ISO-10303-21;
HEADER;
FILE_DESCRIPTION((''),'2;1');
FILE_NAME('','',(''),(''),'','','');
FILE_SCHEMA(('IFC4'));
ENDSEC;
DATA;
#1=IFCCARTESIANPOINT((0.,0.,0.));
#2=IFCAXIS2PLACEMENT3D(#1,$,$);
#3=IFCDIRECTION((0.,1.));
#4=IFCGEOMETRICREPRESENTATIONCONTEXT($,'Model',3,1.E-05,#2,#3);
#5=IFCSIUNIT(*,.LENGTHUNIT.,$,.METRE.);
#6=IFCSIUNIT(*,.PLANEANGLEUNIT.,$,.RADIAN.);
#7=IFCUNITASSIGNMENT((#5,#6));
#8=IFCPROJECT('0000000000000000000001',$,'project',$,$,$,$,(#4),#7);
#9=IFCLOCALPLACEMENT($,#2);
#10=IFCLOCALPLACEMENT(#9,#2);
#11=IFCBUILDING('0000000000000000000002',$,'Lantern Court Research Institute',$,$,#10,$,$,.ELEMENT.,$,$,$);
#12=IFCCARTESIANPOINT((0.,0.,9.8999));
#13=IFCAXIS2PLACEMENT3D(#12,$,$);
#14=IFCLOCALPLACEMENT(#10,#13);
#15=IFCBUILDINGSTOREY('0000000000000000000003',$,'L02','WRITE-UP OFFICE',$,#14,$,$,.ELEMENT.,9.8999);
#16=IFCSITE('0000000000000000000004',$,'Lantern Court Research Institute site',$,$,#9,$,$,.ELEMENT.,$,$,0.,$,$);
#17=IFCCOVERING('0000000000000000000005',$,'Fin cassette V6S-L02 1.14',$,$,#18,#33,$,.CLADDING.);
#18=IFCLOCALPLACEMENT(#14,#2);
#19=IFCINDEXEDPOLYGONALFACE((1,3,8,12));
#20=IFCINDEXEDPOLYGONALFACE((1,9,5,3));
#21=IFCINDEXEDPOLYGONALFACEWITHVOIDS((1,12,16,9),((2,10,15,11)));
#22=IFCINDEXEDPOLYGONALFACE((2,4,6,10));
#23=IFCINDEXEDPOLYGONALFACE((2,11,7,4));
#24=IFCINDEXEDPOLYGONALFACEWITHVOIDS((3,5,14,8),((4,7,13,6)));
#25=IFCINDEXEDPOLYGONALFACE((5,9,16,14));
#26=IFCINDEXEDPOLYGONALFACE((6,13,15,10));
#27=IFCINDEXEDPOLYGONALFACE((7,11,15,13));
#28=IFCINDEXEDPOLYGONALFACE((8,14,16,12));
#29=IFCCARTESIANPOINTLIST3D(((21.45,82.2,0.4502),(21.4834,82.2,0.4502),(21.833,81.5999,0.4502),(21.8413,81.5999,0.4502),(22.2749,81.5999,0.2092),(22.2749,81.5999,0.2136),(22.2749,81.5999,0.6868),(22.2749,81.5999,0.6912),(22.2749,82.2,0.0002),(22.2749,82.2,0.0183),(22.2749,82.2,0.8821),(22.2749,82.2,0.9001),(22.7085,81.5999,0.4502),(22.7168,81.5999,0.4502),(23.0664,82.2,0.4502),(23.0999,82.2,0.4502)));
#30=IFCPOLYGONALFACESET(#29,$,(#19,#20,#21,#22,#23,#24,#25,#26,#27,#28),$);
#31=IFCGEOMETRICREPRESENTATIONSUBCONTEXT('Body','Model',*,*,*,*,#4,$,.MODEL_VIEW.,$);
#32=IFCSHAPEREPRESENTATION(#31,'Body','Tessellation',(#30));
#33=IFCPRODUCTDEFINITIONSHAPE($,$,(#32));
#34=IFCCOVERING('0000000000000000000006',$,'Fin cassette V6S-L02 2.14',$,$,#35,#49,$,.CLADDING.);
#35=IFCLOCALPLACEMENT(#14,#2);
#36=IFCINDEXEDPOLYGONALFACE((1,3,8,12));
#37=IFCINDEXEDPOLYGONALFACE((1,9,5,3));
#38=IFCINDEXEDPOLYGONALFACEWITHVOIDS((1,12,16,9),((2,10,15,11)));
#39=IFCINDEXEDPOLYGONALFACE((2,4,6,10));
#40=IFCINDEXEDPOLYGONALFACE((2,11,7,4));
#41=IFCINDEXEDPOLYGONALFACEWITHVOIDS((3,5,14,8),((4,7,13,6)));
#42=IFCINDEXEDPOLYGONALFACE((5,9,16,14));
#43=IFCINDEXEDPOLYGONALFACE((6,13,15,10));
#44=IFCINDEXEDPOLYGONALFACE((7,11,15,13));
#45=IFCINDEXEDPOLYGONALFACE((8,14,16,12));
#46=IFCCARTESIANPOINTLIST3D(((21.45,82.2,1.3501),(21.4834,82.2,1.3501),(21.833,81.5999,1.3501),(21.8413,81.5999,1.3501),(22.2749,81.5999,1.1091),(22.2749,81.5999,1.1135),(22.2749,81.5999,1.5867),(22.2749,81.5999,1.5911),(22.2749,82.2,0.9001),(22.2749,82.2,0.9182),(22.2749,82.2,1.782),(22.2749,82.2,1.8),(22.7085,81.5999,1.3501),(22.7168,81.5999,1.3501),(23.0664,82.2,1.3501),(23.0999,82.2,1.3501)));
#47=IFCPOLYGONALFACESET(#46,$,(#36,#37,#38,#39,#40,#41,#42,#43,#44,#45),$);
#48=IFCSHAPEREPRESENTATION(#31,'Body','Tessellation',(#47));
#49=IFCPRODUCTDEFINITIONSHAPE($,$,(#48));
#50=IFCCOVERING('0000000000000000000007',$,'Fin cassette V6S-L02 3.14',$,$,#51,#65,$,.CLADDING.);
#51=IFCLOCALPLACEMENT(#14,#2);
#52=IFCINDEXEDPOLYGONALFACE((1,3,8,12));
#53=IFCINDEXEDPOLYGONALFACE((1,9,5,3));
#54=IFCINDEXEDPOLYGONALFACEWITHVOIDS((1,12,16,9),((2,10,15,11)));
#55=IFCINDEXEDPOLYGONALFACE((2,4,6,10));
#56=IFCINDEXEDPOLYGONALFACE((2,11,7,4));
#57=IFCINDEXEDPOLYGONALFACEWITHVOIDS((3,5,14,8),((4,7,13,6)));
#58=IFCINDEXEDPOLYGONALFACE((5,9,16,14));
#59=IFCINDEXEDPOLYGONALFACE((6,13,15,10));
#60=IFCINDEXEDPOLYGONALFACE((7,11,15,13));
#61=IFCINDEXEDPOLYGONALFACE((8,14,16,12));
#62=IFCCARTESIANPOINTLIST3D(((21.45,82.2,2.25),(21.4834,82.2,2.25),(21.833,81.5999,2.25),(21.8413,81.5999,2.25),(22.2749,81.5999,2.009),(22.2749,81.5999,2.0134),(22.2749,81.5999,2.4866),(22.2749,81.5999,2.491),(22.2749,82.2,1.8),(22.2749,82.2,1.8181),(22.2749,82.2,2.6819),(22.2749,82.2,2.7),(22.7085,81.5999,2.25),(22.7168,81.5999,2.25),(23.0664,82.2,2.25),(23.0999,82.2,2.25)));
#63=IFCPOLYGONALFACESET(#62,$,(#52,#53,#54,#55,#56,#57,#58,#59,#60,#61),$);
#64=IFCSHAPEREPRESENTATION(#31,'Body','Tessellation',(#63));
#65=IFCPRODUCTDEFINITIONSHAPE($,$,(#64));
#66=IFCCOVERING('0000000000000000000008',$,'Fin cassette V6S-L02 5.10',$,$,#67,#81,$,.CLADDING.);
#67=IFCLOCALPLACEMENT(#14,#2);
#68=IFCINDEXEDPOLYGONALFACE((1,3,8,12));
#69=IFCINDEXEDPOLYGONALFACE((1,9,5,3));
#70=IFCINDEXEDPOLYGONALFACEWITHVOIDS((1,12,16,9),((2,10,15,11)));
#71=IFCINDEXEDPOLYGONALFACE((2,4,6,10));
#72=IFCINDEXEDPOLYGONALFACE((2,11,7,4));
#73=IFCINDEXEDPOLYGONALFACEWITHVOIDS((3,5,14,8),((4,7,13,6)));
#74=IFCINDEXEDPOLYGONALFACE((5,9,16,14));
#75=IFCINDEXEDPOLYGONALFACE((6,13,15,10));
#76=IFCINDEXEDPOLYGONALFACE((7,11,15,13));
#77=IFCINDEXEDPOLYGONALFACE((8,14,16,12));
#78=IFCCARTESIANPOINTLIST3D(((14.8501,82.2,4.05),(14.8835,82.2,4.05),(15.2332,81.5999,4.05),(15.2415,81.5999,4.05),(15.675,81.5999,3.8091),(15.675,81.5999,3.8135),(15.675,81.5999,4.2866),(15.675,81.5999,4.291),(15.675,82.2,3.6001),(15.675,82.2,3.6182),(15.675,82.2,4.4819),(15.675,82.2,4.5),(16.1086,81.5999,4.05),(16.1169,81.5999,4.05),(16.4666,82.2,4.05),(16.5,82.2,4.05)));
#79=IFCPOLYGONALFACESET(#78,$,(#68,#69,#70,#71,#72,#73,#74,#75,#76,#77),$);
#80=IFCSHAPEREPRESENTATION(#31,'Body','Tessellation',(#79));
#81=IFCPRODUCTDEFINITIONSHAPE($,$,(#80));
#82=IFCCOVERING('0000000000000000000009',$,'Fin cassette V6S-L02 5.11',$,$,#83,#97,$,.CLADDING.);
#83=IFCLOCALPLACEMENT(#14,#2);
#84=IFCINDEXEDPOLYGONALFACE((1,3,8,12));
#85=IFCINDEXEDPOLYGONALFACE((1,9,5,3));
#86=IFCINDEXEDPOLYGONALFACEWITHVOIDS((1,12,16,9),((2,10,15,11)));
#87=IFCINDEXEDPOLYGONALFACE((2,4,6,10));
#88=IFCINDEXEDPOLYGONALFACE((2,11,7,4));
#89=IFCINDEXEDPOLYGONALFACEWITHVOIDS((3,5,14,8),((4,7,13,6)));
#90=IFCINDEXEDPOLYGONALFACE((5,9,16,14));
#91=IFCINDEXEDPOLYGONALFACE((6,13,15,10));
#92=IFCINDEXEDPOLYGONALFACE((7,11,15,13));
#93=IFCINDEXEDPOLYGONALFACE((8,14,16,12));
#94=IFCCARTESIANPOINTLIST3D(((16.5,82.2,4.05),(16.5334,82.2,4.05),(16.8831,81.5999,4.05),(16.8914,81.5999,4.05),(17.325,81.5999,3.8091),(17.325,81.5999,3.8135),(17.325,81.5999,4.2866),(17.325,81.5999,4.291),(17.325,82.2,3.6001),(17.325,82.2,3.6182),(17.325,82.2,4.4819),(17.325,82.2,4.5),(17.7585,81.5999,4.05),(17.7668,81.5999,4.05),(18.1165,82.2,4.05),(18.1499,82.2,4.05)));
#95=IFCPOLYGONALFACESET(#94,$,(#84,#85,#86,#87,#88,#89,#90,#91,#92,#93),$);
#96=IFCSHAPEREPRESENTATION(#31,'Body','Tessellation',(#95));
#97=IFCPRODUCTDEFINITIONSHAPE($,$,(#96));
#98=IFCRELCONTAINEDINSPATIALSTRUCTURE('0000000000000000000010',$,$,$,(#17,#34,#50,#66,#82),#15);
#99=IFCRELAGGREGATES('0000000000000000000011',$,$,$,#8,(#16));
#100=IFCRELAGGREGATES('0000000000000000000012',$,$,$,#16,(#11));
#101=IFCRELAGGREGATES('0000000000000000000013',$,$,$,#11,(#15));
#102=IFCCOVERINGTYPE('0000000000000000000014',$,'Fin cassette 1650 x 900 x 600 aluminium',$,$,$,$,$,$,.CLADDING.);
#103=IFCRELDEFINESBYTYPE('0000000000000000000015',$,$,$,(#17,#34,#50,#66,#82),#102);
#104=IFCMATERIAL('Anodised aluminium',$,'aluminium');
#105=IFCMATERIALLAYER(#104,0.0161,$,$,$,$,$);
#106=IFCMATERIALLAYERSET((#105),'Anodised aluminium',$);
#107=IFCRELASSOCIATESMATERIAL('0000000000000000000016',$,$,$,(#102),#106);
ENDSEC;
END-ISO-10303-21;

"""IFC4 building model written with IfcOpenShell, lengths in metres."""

from ifc_helpers import new_model, entity, si_unit, direction, frame, origin, place, context, subcontext, project, spatial, material, layer, layer_set, type_object, element, save


model = new_model("IFC4")

# Units and contexts
model_context = context("Model", 3, precision=1e-05, world=origin(), true_north=direction((0.0, 1.0)))
body_context = subcontext(model_context, "Body", "Model", "MODEL_VIEW")
ifc_project = project(units=[si_unit("LENGTHUNIT", "METRE"), si_unit("PLANEANGLEUNIT", "RADIAN")], contexts=[model_context])

# Site, building, storey
site_placement = place(None, origin())
site = spatial("IfcSite", under=ifc_project, at=site_placement, Name="Lantern Court Research Institute site", CompositionType="ELEMENT", RefElevation=0.0)
building_placement = place(site_placement, origin())
building = spatial("IfcBuilding", under=site, at=building_placement, Name="Lantern Court Research Institute", CompositionType="ELEMENT")
storey_placement = place(building_placement, frame((0.0, 0.0, 9.8999)))
storey = spatial("IfcBuildingStorey", under=building, at=storey_placement, Name="L02", Description="WRITE-UP OFFICE", CompositionType="ELEMENT", Elevation=9.8999)

# Coverings
ifc_material_1 = material(Name="Anodised aluminium", Category="aluminium")
ifc_layer_1 = layer(ifc_material_1, 0.0161)
ifc_layer_set_1 = layer_set([ifc_layer_1], Name="Anodised aluminium")
covering_type = type_object("IfcCoveringType", Name="Fin cassette 1650 x 900 x 600 aluminium", PredefinedType="CLADDING", material=ifc_layer_set_1)
covering_1_placement = place(storey_placement, frame((22.2749, 82.2, 0.4502), z_axis=(0.0, -1.0, 0.0), x_axis=(1.0, 0.0, 0.0)))
cartesian_point_1 = entity("IfcCartesianPoint", [0.825, 0.0])
cartesian_point_2 = entity("IfcCartesianPoint", [0.7915, 0.0])
cartesian_point_3 = entity("IfcCartesianPoint", [0.4419, 0.0])
cartesian_point_4 = entity("IfcCartesianPoint", [0.4336, 0.0])
element("IfcCovering", 1, at=covering_1_placement, inside=storey, type_object=covering_type, Name="Fin cassette V6S-L02 1.14", PredefinedType="CLADDING", context=body_context, shape_type="SweptSolid", body=[
    entity("IfcExtrudedAreaSolidTapered", entity("IfcArbitraryProfileDefWithVoids", "AREA", None, entity("IfcPolyline", [cartesian_point_1, entity("IfcCartesianPoint", [0.0, 0.45]), entity("IfcCartesianPoint", [-0.825, 0.0]), entity("IfcCartesianPoint", [0.0, -0.45]), cartesian_point_1]), [entity("IfcPolyline", [cartesian_point_2, entity("IfcCartesianPoint", [0.0, 0.4319]), entity("IfcCartesianPoint", [-0.7915, 0.0]), entity("IfcCartesianPoint", [0.0, -0.4319]), cartesian_point_2])]), entity("IfcAxis2Placement3D", entity("IfcCartesianPoint", [0.0, 0.0, 0.0])), entity("IfcDirection", [0.0, 0.0, 1.0]), 0.6001, entity("IfcArbitraryProfileDefWithVoids", "AREA", None, entity("IfcPolyline", [cartesian_point_3, entity("IfcCartesianPoint", [0.0, 0.241]), entity("IfcCartesianPoint", [-0.4419, 0.0]), entity("IfcCartesianPoint", [0.0, -0.241]), cartesian_point_3]), [entity("IfcPolyline", [cartesian_point_4, entity("IfcCartesianPoint", [0.0, 0.2366]), entity("IfcCartesianPoint", [-0.4336, 0.0]), entity("IfcCartesianPoint", [0.0, -0.2366]), cartesian_point_4])])),
])
covering_2_placement = place(storey_placement, frame((22.2749, 82.2, 1.3501), z_axis=(0.0, -1.0, 0.0), x_axis=(1.0, 0.0, 0.0)))
cartesian_point_5 = entity("IfcCartesianPoint", [0.825, 0.0])
cartesian_point_6 = entity("IfcCartesianPoint", [0.7915, 0.0])
cartesian_point_7 = entity("IfcCartesianPoint", [0.4419, 0.0])
cartesian_point_8 = entity("IfcCartesianPoint", [0.4336, 0.0])
element("IfcCovering", 2, at=covering_2_placement, inside=storey, type_object=covering_type, Name="Fin cassette V6S-L02 2.14", PredefinedType="CLADDING", context=body_context, shape_type="SweptSolid", body=[
    entity("IfcExtrudedAreaSolidTapered", entity("IfcArbitraryProfileDefWithVoids", "AREA", None, entity("IfcPolyline", [cartesian_point_5, entity("IfcCartesianPoint", [0.0, 0.45]), entity("IfcCartesianPoint", [-0.825, 0.0]), entity("IfcCartesianPoint", [0.0, -0.45]), cartesian_point_5]), [entity("IfcPolyline", [cartesian_point_6, entity("IfcCartesianPoint", [0.0, 0.4319]), entity("IfcCartesianPoint", [-0.7915, 0.0]), entity("IfcCartesianPoint", [0.0, -0.4319]), cartesian_point_6])]), entity("IfcAxis2Placement3D", entity("IfcCartesianPoint", [0.0, 0.0, 0.0])), entity("IfcDirection", [0.0, 0.0, 1.0]), 0.6001, entity("IfcArbitraryProfileDefWithVoids", "AREA", None, entity("IfcPolyline", [cartesian_point_7, entity("IfcCartesianPoint", [0.0, 0.241]), entity("IfcCartesianPoint", [-0.4419, 0.0]), entity("IfcCartesianPoint", [0.0, -0.241]), cartesian_point_7]), [entity("IfcPolyline", [cartesian_point_8, entity("IfcCartesianPoint", [0.0, 0.2366]), entity("IfcCartesianPoint", [-0.4336, 0.0]), entity("IfcCartesianPoint", [0.0, -0.2366]), cartesian_point_8])])),
])
covering_3_placement = place(storey_placement, frame((22.2749, 82.2, 2.25), z_axis=(0.0, -1.0, 0.0), x_axis=(1.0, 0.0, 0.0)))
cartesian_point_9 = entity("IfcCartesianPoint", [0.825, 0.0])
cartesian_point_10 = entity("IfcCartesianPoint", [0.7915, 0.0])
cartesian_point_11 = entity("IfcCartesianPoint", [0.4419, 0.0])
cartesian_point_12 = entity("IfcCartesianPoint", [0.4336, 0.0])
element("IfcCovering", 3, at=covering_3_placement, inside=storey, type_object=covering_type, Name="Fin cassette V6S-L02 3.14", PredefinedType="CLADDING", context=body_context, shape_type="SweptSolid", body=[
    entity("IfcExtrudedAreaSolidTapered", entity("IfcArbitraryProfileDefWithVoids", "AREA", None, entity("IfcPolyline", [cartesian_point_9, entity("IfcCartesianPoint", [0.0, 0.45]), entity("IfcCartesianPoint", [-0.825, 0.0]), entity("IfcCartesianPoint", [0.0, -0.45]), cartesian_point_9]), [entity("IfcPolyline", [cartesian_point_10, entity("IfcCartesianPoint", [0.0, 0.4319]), entity("IfcCartesianPoint", [-0.7915, 0.0]), entity("IfcCartesianPoint", [0.0, -0.4319]), cartesian_point_10])]), entity("IfcAxis2Placement3D", entity("IfcCartesianPoint", [0.0, 0.0, 0.0])), entity("IfcDirection", [0.0, 0.0, 1.0]), 0.6001, entity("IfcArbitraryProfileDefWithVoids", "AREA", None, entity("IfcPolyline", [cartesian_point_11, entity("IfcCartesianPoint", [0.0, 0.241]), entity("IfcCartesianPoint", [-0.4419, 0.0]), entity("IfcCartesianPoint", [0.0, -0.241]), cartesian_point_11]), [entity("IfcPolyline", [cartesian_point_12, entity("IfcCartesianPoint", [0.0, 0.2366]), entity("IfcCartesianPoint", [-0.4336, 0.0]), entity("IfcCartesianPoint", [0.0, -0.2366]), cartesian_point_12])])),
])
covering_4_placement = place(storey_placement, frame((15.675, 82.2, 4.05), z_axis=(0.0, -1.0, 0.0), x_axis=(1.0, 0.0, 0.0)))
cartesian_point_13 = entity("IfcCartesianPoint", [0.825, 0.0])
cartesian_point_14 = entity("IfcCartesianPoint", [0.7915, 0.0])
cartesian_point_15 = entity("IfcCartesianPoint", [0.4419, 0.0])
cartesian_point_16 = entity("IfcCartesianPoint", [0.4336, 0.0])
element("IfcCovering", 4, at=covering_4_placement, inside=storey, type_object=covering_type, Name="Fin cassette V6S-L02 5.10", PredefinedType="CLADDING", context=body_context, shape_type="SweptSolid", body=[
    entity("IfcExtrudedAreaSolidTapered", entity("IfcArbitraryProfileDefWithVoids", "AREA", None, entity("IfcPolyline", [cartesian_point_13, entity("IfcCartesianPoint", [0.0, 0.45]), entity("IfcCartesianPoint", [-0.825, 0.0]), entity("IfcCartesianPoint", [0.0, -0.45]), cartesian_point_13]), [entity("IfcPolyline", [cartesian_point_14, entity("IfcCartesianPoint", [0.0, 0.4319]), entity("IfcCartesianPoint", [-0.7915, 0.0]), entity("IfcCartesianPoint", [0.0, -0.4319]), cartesian_point_14])]), entity("IfcAxis2Placement3D", entity("IfcCartesianPoint", [0.0, 0.0, 0.0])), entity("IfcDirection", [0.0, 0.0, 1.0]), 0.6001, entity("IfcArbitraryProfileDefWithVoids", "AREA", None, entity("IfcPolyline", [cartesian_point_15, entity("IfcCartesianPoint", [0.0, 0.241]), entity("IfcCartesianPoint", [-0.4419, 0.0]), entity("IfcCartesianPoint", [0.0, -0.241]), cartesian_point_15]), [entity("IfcPolyline", [cartesian_point_16, entity("IfcCartesianPoint", [0.0, 0.2366]), entity("IfcCartesianPoint", [-0.4336, 0.0]), entity("IfcCartesianPoint", [0.0, -0.2366]), cartesian_point_16])])),
])
covering_5_placement = place(storey_placement, frame((17.325, 82.2, 4.05), z_axis=(0.0, -1.0, 0.0), x_axis=(1.0, 0.0, 0.0)))
cartesian_point_17 = entity("IfcCartesianPoint", [0.825, 0.0])
cartesian_point_18 = entity("IfcCartesianPoint", [0.7915, 0.0])
cartesian_point_19 = entity("IfcCartesianPoint", [0.4419, 0.0])
cartesian_point_20 = entity("IfcCartesianPoint", [0.4336, 0.0])
element("IfcCovering", 5, at=covering_5_placement, inside=storey, type_object=covering_type, Name="Fin cassette V6S-L02 5.11", PredefinedType="CLADDING", context=body_context, shape_type="SweptSolid", body=[
    entity("IfcExtrudedAreaSolidTapered", entity("IfcArbitraryProfileDefWithVoids", "AREA", None, entity("IfcPolyline", [cartesian_point_17, entity("IfcCartesianPoint", [0.0, 0.45]), entity("IfcCartesianPoint", [-0.825, 0.0]), entity("IfcCartesianPoint", [0.0, -0.45]), cartesian_point_17]), [entity("IfcPolyline", [cartesian_point_18, entity("IfcCartesianPoint", [0.0, 0.4319]), entity("IfcCartesianPoint", [-0.7915, 0.0]), entity("IfcCartesianPoint", [0.0, -0.4319]), cartesian_point_18])]), entity("IfcAxis2Placement3D", entity("IfcCartesianPoint", [0.0, 0.0, 0.0])), entity("IfcDirection", [0.0, 0.0, 1.0]), 0.6001, entity("IfcArbitraryProfileDefWithVoids", "AREA", None, entity("IfcPolyline", [cartesian_point_19, entity("IfcCartesianPoint", [0.0, 0.241]), entity("IfcCartesianPoint", [-0.4419, 0.0]), entity("IfcCartesianPoint", [0.0, -0.241]), cartesian_point_19]), [entity("IfcPolyline", [cartesian_point_20, entity("IfcCartesianPoint", [0.0, 0.2366]), entity("IfcCartesianPoint", [-0.4336, 0.0]), entity("IfcCartesianPoint", [0.0, -0.2366]), cartesian_point_20])])),
])

save(model, "model.ifc")
